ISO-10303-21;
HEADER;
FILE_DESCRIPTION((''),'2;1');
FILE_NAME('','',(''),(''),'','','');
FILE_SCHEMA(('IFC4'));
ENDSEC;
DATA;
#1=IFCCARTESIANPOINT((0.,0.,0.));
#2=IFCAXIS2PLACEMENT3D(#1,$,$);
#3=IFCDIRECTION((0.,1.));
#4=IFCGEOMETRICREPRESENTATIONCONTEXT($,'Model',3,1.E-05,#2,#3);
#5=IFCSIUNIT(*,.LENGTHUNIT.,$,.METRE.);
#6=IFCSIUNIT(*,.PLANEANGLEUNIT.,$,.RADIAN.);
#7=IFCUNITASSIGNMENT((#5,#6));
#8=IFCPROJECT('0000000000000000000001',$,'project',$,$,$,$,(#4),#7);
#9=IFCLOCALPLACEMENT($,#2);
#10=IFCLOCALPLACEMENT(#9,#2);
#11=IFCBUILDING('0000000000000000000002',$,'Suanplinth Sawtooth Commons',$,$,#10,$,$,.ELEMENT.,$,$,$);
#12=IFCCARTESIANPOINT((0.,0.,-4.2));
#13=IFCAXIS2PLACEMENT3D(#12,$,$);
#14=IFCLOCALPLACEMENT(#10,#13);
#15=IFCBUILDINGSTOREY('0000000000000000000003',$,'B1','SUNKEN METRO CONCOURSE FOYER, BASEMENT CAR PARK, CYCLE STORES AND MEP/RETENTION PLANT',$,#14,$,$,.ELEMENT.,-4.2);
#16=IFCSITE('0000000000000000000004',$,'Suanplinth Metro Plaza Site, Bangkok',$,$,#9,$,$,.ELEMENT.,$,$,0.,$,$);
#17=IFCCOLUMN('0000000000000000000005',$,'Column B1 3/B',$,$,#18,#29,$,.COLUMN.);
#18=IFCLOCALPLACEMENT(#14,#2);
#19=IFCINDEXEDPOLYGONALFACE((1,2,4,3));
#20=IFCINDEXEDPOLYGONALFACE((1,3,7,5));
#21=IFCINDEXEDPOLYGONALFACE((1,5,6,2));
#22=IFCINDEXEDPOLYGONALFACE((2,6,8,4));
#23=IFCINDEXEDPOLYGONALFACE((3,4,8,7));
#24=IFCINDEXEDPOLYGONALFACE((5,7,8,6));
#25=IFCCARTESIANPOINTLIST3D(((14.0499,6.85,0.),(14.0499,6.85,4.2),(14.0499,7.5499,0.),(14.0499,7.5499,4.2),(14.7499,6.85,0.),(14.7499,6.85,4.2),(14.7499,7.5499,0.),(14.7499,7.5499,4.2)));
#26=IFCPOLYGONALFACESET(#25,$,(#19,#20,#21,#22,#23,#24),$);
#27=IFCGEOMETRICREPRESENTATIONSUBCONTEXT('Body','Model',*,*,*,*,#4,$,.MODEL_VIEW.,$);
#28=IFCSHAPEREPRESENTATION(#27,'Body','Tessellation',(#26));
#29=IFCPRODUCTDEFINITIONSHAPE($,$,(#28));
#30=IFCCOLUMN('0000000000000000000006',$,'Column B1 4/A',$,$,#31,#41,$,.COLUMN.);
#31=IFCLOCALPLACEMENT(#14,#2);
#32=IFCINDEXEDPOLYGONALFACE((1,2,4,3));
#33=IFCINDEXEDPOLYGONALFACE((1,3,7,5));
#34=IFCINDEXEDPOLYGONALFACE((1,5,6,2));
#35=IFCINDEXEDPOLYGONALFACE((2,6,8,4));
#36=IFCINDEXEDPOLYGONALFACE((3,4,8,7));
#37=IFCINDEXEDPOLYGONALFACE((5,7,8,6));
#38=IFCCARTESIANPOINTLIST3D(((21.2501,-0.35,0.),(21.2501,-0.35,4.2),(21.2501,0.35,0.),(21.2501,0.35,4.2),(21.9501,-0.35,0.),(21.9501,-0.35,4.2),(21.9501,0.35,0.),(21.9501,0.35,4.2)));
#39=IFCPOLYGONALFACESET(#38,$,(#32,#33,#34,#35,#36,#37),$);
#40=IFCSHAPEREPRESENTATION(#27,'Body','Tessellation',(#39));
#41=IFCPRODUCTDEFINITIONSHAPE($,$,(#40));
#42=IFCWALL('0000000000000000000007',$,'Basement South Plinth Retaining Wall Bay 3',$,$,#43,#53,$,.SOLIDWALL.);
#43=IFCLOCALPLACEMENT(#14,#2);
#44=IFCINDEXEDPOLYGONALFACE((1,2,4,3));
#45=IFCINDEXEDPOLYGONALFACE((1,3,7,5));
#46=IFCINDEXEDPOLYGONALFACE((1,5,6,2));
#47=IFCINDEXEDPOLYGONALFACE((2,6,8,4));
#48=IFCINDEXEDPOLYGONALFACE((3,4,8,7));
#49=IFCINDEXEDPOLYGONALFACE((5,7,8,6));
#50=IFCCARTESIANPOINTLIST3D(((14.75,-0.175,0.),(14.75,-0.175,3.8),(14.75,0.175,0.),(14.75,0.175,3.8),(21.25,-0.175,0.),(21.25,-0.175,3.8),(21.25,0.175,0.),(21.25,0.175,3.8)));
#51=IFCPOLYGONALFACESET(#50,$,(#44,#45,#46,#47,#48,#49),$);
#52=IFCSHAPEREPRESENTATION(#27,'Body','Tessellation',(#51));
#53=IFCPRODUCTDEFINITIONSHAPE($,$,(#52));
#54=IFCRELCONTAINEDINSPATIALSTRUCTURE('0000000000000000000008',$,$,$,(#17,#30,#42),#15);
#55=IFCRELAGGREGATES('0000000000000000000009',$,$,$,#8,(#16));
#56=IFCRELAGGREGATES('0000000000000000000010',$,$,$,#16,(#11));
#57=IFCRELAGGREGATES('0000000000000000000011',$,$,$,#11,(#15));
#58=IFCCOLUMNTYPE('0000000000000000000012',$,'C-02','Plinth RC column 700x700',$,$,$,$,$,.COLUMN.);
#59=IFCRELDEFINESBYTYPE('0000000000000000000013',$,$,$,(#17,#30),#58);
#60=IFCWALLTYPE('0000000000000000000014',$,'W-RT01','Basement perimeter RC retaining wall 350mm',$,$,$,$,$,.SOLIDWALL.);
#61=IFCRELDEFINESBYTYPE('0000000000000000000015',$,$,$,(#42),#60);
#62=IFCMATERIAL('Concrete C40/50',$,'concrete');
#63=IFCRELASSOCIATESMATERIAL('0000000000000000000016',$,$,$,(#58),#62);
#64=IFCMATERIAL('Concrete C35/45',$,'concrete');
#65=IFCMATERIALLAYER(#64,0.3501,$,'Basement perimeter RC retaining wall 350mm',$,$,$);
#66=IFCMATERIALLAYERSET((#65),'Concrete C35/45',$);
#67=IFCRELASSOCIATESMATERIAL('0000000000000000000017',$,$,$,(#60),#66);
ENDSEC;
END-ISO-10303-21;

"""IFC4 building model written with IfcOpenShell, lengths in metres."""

from ifc_helpers import new_model, si_unit, direction, frame, frame_2d, origin, origin_2d, place, context, subcontext, project, spatial, rectangle, extrude, material, layer, layer_set, material_profile, profile_set, type_object, element, save


model = new_model("IFC4")

# Units and contexts
model_context = context("Model", 3, precision=1e-05, world=origin(), true_north=direction((0.0, 1.0)))
body_context = subcontext(model_context, "Body", "Model", "MODEL_VIEW")
ifc_project = project(units=[si_unit("LENGTHUNIT", "METRE"), si_unit("PLANEANGLEUNIT", "RADIAN")], contexts=[model_context])

# Site, building, storey
site_placement = place(None, origin())
site = spatial("IfcSite", under=ifc_project, at=site_placement, Name="Suanplinth Metro Plaza Site, Bangkok", CompositionType="ELEMENT", RefElevation=0.0)
building_placement = place(site_placement, origin())
building = spatial("IfcBuilding", under=site, at=building_placement, Name="Suanplinth Sawtooth Commons", CompositionType="ELEMENT")
storey_placement = place(building_placement, frame((0.0, 0.0, -4.2)))
storey = spatial("IfcBuildingStorey", under=building, at=storey_placement, Name="B1", Description="SUNKEN METRO CONCOURSE FOYER, BASEMENT CAR PARK, CYCLE STORES AND MEP/RETENTION PLANT", CompositionType="ELEMENT", Elevation=-4.2)

# Shared definitions
ifc_material_1 = material(Name="Concrete C35/45", Category="concrete")

# Columns
ifc_material_2 = material(Name="Concrete C40/50", Category="concrete")
ifc_material_profile_1 = material_profile(ifc_material_2, rectangle(XDim=0.7, YDim=0.7, at=origin_2d()), Name="RC-COL 700x700")
ifc_profile_set_1 = profile_set([ifc_material_profile_1], Name="Concrete C40/50")
column_type = type_object("IfcColumnType", Name="C-02", Description="Plinth RC column 700x700", PredefinedType="COLUMN", material=ifc_profile_set_1)
for number, where, z_axis, x_axis, name in (
    (1, (14.3999, 7.2, 0.0), (0.0, 0.0, 1.0), (1.0, 0.0, 0.0), "Column B1 3/B"),
    (2, (21.6001, 0.0, 0.0), (0.0, 0.0, 1.0), (1.0, 0.0, 0.0), "Column B1 4/A"),
):
    element("IfcColumn", number, at=place(storey_placement, frame(where, z_axis=z_axis, x_axis=x_axis)), inside=storey, type_object=column_type, Name=name, PredefinedType="COLUMN", context=body_context, shape_type="SweptSolid", body=[
        extrude(rectangle(XDim=0.7, YDim=0.7, at=origin_2d()), origin(), (0.0, 0.0, 1.0), 4.2),
    ])

# Wall
ifc_layer = layer(ifc_material_1, 0.3501, Name="Basement perimeter RC retaining wall 350mm")
ifc_layer_set = layer_set([ifc_layer], Name="Concrete C35/45")
wall_type = type_object("IfcWallType", Name="W-RT01", Description="Basement perimeter RC retaining wall 350mm", PredefinedType="SOLIDWALL", material=ifc_layer_set)
wall_placement = place(storey_placement, frame((14.75, 0.0, 0.0), z_axis=(0.0, 0.0, 1.0), x_axis=(1.0, 0.0, 0.0)))
element("IfcWall", 3, at=wall_placement, inside=storey, type_object=wall_type, Name="Basement South Plinth Retaining Wall Bay 3", PredefinedType="SOLIDWALL", context=body_context, shape_type="SweptSolid", body=[
    extrude(rectangle(XDim=6.5, YDim=0.3501, at=frame_2d((3.25, 0.0))), origin(), (0.0, 0.0, 1.0), 3.8),
])

save(model, "model.ifc")
